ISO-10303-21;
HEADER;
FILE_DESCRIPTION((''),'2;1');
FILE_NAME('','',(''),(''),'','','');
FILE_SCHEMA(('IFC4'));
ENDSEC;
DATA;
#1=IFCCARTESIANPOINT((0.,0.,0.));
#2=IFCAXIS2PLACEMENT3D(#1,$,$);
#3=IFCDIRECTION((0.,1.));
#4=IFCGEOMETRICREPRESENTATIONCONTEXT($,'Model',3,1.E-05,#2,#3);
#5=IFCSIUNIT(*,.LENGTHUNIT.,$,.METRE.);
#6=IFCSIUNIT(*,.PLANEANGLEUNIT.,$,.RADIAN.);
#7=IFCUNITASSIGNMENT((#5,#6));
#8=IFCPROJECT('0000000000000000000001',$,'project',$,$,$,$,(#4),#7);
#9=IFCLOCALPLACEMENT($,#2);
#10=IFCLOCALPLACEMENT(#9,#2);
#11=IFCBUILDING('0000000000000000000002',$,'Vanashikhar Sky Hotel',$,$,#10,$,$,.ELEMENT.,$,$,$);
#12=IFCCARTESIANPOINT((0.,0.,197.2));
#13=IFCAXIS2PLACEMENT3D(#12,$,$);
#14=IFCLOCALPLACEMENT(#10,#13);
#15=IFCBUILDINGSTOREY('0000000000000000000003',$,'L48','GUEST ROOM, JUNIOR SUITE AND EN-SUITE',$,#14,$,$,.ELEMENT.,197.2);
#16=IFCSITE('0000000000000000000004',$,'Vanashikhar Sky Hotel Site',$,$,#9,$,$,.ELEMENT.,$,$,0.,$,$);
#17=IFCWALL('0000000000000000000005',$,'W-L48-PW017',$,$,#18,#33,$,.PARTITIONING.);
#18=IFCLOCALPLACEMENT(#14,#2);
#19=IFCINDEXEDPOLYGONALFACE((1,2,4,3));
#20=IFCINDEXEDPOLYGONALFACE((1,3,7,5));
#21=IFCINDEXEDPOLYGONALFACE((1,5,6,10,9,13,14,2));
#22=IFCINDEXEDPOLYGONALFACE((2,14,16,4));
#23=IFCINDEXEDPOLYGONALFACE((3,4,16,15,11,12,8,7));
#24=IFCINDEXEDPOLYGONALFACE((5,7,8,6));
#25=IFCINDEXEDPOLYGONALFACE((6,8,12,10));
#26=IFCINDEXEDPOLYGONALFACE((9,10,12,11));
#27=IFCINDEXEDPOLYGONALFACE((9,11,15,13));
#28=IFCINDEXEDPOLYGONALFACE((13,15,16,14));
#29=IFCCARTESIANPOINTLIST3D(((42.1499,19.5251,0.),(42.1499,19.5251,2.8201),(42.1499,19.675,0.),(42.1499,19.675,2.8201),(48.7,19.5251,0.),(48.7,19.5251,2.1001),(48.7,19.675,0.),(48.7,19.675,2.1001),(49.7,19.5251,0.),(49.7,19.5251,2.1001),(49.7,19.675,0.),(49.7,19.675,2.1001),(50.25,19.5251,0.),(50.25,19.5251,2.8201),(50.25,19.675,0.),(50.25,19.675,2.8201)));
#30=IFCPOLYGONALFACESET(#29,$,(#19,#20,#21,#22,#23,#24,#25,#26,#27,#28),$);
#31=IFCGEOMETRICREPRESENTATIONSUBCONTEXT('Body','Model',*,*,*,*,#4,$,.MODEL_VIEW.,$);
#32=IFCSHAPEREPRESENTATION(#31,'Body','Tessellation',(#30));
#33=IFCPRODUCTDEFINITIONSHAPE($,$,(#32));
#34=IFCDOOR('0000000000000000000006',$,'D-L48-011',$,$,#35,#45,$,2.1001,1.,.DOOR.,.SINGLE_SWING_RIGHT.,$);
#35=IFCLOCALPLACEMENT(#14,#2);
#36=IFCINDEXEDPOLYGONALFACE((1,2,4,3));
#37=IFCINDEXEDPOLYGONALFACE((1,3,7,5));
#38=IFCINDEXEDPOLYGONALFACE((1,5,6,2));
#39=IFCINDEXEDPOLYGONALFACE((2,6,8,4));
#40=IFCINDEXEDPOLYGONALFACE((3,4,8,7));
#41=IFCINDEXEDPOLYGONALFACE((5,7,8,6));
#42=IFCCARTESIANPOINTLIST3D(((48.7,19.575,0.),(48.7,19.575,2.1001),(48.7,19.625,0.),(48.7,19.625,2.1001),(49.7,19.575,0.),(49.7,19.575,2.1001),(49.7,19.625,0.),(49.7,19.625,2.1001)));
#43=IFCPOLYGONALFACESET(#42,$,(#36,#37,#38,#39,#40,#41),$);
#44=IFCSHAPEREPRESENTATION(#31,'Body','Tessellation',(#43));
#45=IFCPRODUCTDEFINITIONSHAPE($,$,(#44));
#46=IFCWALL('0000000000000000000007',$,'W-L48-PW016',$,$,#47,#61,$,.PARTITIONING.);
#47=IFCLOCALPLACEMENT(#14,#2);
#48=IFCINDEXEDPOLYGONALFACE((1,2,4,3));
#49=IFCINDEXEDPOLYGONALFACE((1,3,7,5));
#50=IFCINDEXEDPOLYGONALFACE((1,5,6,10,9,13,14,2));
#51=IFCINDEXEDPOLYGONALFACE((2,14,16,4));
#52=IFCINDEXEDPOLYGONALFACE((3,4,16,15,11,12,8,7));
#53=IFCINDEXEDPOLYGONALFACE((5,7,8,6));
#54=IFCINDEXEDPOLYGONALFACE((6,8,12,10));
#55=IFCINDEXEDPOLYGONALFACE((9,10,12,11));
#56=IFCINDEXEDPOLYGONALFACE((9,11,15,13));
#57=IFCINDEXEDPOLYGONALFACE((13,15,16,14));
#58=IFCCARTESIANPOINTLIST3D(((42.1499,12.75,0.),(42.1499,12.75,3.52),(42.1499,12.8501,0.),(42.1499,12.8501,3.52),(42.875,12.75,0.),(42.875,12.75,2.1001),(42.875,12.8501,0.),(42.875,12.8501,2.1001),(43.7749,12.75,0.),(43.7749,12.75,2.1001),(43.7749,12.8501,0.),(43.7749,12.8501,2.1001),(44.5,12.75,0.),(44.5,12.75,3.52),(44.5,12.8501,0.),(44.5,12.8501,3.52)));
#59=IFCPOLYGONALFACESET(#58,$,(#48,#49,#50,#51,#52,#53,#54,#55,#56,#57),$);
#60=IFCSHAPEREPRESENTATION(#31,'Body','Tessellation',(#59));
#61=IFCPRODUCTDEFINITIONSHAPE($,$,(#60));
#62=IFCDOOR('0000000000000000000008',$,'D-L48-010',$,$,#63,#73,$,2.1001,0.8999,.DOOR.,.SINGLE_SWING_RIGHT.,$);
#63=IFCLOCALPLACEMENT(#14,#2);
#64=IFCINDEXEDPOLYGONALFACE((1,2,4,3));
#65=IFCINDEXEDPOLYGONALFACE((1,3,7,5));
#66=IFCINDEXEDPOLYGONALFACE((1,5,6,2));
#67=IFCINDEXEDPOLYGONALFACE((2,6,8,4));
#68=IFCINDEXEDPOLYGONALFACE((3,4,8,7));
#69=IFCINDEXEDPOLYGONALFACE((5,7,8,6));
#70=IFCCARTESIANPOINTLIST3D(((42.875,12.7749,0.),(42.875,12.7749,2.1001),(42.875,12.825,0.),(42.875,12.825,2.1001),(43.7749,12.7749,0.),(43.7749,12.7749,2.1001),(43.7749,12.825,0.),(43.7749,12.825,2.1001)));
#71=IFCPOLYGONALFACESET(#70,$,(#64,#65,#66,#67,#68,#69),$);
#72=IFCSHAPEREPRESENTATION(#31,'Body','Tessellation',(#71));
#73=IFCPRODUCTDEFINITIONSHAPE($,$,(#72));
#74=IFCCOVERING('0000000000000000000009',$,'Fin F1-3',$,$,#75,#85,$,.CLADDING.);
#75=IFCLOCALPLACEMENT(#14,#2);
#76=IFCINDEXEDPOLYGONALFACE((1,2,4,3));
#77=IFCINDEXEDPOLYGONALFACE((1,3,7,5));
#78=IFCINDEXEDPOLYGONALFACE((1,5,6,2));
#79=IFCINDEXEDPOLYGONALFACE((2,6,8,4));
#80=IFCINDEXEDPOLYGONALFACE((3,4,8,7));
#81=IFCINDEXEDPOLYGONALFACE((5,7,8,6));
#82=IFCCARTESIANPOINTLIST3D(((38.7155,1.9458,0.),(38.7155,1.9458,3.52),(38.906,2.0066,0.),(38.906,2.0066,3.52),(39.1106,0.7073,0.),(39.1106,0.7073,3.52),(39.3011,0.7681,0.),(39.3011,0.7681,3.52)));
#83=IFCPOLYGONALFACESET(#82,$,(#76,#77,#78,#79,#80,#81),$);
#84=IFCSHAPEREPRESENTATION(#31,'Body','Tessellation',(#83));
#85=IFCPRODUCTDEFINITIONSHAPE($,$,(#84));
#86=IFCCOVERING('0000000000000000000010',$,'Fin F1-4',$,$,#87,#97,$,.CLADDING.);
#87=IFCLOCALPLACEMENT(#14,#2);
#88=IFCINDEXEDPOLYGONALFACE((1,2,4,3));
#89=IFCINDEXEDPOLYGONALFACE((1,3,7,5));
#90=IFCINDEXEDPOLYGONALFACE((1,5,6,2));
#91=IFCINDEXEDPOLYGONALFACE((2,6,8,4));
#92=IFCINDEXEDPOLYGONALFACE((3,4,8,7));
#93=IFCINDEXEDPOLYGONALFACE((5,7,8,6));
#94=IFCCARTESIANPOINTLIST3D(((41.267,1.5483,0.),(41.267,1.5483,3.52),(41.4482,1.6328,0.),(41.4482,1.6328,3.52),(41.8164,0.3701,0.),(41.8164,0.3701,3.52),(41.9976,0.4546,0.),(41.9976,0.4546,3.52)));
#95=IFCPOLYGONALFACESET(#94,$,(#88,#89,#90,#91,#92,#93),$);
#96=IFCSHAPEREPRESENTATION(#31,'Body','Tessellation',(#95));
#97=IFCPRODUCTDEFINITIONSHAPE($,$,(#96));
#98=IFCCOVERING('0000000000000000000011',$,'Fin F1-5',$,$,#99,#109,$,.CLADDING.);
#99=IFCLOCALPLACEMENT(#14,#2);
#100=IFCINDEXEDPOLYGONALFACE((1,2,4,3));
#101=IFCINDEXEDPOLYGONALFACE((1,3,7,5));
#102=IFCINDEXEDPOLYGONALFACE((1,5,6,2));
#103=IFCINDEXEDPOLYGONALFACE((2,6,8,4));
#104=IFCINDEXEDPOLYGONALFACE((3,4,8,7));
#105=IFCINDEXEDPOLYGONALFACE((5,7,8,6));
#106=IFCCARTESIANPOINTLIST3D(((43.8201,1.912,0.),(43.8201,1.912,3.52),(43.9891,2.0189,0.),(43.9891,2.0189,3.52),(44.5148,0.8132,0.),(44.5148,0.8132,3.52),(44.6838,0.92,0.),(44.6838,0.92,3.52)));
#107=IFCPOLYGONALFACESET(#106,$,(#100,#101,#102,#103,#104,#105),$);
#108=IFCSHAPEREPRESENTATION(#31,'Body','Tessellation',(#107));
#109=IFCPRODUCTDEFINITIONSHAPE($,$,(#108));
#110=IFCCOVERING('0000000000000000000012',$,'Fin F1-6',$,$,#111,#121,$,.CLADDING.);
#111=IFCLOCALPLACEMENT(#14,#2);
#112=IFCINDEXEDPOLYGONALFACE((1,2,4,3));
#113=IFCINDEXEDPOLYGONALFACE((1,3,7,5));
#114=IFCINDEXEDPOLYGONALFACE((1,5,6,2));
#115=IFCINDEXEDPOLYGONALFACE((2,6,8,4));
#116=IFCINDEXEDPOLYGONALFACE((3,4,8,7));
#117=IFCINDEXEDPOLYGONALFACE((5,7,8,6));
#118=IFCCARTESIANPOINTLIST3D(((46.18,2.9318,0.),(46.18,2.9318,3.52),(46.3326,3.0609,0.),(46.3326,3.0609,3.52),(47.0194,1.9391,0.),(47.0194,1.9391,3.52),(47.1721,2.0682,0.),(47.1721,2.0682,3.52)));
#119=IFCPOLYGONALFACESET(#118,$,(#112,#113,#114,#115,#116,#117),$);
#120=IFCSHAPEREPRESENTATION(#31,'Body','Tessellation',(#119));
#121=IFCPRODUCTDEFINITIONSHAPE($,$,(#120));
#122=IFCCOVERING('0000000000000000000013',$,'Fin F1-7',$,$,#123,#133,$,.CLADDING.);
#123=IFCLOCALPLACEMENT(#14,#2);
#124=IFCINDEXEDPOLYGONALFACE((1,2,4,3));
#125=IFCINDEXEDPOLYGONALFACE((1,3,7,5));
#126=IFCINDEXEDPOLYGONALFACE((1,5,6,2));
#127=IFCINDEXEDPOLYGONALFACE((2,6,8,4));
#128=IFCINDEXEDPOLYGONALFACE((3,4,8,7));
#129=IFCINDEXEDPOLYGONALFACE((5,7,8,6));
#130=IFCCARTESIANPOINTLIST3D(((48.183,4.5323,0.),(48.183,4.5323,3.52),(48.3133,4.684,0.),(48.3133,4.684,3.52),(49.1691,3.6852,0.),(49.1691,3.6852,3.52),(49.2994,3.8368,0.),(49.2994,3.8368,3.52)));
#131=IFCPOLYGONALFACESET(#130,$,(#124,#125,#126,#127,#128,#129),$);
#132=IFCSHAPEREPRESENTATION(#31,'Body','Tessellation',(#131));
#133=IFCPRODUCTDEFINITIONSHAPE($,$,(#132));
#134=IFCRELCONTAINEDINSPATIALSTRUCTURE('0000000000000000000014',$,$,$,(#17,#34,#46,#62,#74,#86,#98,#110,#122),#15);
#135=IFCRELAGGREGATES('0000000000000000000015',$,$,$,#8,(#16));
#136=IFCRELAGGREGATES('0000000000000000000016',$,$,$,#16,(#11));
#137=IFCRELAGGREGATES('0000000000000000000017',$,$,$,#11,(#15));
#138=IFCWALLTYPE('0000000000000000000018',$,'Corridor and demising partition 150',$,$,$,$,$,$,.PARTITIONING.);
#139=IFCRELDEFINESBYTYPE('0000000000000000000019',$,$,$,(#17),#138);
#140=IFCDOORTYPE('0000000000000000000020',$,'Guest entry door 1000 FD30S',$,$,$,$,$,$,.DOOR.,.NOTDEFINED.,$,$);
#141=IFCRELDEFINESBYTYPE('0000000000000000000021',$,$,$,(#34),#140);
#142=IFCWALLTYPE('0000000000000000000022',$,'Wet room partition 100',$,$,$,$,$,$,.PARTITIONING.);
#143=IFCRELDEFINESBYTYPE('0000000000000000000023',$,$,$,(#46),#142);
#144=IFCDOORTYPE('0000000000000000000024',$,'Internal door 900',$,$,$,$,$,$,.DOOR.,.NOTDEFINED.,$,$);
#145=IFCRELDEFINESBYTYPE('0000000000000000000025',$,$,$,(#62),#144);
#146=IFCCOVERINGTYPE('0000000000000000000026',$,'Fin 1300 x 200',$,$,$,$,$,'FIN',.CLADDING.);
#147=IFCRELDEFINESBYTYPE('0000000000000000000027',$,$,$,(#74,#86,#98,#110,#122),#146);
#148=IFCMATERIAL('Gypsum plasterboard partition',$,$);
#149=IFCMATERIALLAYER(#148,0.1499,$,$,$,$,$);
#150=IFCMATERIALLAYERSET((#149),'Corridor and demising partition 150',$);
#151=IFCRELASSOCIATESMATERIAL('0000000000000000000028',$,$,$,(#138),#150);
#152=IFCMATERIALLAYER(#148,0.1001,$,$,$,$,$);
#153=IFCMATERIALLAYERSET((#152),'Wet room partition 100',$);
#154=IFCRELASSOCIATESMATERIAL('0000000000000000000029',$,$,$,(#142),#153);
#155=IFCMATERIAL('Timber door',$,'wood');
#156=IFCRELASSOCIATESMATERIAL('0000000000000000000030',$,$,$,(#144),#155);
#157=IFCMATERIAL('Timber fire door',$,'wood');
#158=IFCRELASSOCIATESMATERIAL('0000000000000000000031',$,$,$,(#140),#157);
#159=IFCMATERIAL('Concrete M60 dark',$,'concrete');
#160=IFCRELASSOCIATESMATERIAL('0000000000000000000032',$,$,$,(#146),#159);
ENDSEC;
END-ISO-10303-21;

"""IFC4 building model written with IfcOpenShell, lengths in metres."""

from ifc_helpers import new_model, si_unit, direction, frame, frame_2d, origin, origin_2d, place, context, subcontext, project, spatial, rectangle, extrude, source, transform, mapped, material, layer, layer_set, material_profile, profile_set, type_object, element, fill, save


model = new_model("IFC4")

# Units and contexts
model_context = context("Model", 3, precision=1e-05, world=origin(), true_north=direction((0.0, 1.0)))
body_context = subcontext(model_context, "Body", "Model", "MODEL_VIEW")
ifc_project = project(units=[si_unit("LENGTHUNIT", "METRE"), si_unit("PLANEANGLEUNIT", "RADIAN")], contexts=[model_context])

# Site, building, storey
site_placement = place(None, origin())
site = spatial("IfcSite", under=ifc_project, at=site_placement, Name="Vanashikhar Sky Hotel Site", CompositionType="ELEMENT", RefElevation=0.0)
building_placement = place(site_placement, origin())
building = spatial("IfcBuilding", under=site, at=building_placement, Name="Vanashikhar Sky Hotel", CompositionType="ELEMENT")
storey_placement = place(building_placement, frame((0.0, 0.0, 197.2)))
storey = spatial("IfcBuildingStorey", under=building, at=storey_placement, Name="L48", Description="GUEST ROOM, JUNIOR SUITE AND EN-SUITE", CompositionType="ELEMENT", Elevation=197.2)

# Shared definitions
ifc_material_1 = material(Name="Gypsum plasterboard partition")
ifc_layer_1 = layer(ifc_material_1, 0.1499)
ifc_layer_set_1 = layer_set([ifc_layer_1], Name="Corridor and demising partition 150")
wall_type_1 = type_object("IfcWallType", Name="Corridor and demising partition 150", PredefinedType="PARTITIONING", material=ifc_layer_set_1)

# Shared definitions
ifc_layer_2 = layer(ifc_material_1, 0.1001)
ifc_layer_set_2 = layer_set([ifc_layer_2], Name="Wet room partition 100")
wall_type_2 = type_object("IfcWallType", Name="Wet room partition 100", PredefinedType="PARTITIONING", material=ifc_layer_set_2)
shared_shape_1 = source(origin(), body_context, "Body", "SweptSolid", [
    extrude(rectangle(XDim=0.8999, YDim=2.1001, at=frame_2d((0.45, 1.05))), frame((0.0, 0.0601, 0.0), z_axis=(0.0, -1.0, 0.0), x_axis=(1.0, 0.0, 0.0)), (0.0, 0.0, 1.0), 0.1201),
])
ifc_material_2 = material(Name="Timber door", Category="wood")
door_type_1 = type_object("IfcDoorType", Name="Internal door 900", OperationType="NOTDEFINED", PredefinedType="DOOR", material=ifc_material_2)
shared_shape_2 = source(origin(), body_context, "Body", "SweptSolid", [
    extrude(rectangle(XDim=0.8999, YDim=2.1001, at=frame_2d((0.45, 1.05))), frame((0.0, 0.0249, 0.0), z_axis=(0.0, -1.0, 0.0), x_axis=(1.0, 0.0, 0.0)), (0.0, 0.0, 1.0), 0.05),
])

# Walls, openings, doors
shared_shape_3 = source(origin(), body_context, "Body", "SweptSolid", [
    extrude(rectangle(XDim=8.1001, YDim=0.1499, at=frame_2d((4.05, 0.0))), origin(), (0.0, 0.0, 1.0), 2.8201),
])
wall_1_placement = place(storey_placement, frame((42.1499, 19.6001, 0.0), z_axis=(0.0, 0.0, 1.0), x_axis=(1.0, 0.0, 0.0)))
wall_1 = element("IfcWall", 1, at=wall_1_placement, inside=storey, type_object=wall_type_1, Name="W-L48-PW017", PredefinedType="PARTITIONING", context=body_context, shape_type="MappedRepresentation", body=[
    mapped(shared_shape_3, transform((0.0, 0.0, 0.0), scale=1.0)),
])
shared_shape_4 = source(origin(), body_context, "Body", "SweptSolid", [
    extrude(rectangle(XDim=1.0, YDim=2.1001, at=frame_2d((0.5, 1.05))), frame((0.0, 0.085, 0.0), z_axis=(0.0, -1.0, 0.0), x_axis=(1.0, 0.0, 0.0)), (0.0, 0.0, 1.0), 0.1699),
])
opening_1_placement = place(wall_1_placement, frame((6.55, 0.0, 0.0)))
opening_1 = element("IfcOpeningElement", 2, at=opening_1_placement, cuts=wall_1, PredefinedType="OPENING", context=body_context, shape_type="MappedRepresentation", body=[
    mapped(shared_shape_4, transform((0.0, 0.0, 0.0), scale=1.0)),
])
ifc_material_3 = material(Name="Timber fire door", Category="wood")
door_type_2 = type_object("IfcDoorType", Name="Guest entry door 1000 FD30S", OperationType="NOTDEFINED", PredefinedType="DOOR", material=ifc_material_3)
shared_shape_5 = source(origin(), body_context, "Body", "SweptSolid", [
    extrude(rectangle(XDim=1.0, YDim=2.1001, at=frame_2d((0.5, 1.05))), frame((0.0, 0.0249, 0.0), z_axis=(0.0, -1.0, 0.0), x_axis=(1.0, 0.0, 0.0)), (0.0, 0.0, 1.0), 0.05),
])
door_1_placement = place(opening_1_placement, origin())
door_1 = element("IfcDoor", 3, at=door_1_placement, inside=storey, type_object=door_type_2, Name="D-L48-011", OperationType="SINGLE_SWING_RIGHT", OverallHeight=2.1001, OverallWidth=1.0, PredefinedType="DOOR", context=body_context, shape_type="MappedRepresentation", body=[
    mapped(shared_shape_5, transform((0.0, 0.0, 0.0), scale=1.0)),
])
fill(opening_1, door_1)
shared_shape_6 = source(origin(), body_context, "Body", "SweptSolid", [
    extrude(rectangle(XDim=2.3501, YDim=0.1001, at=frame_2d((1.175, 0.0))), origin(), (0.0, 0.0, 1.0), 3.52),
])
wall_2_placement = place(storey_placement, frame((42.1499, 12.8, 0.0), z_axis=(0.0, 0.0, 1.0), x_axis=(1.0, 0.0, 0.0)))
wall_2 = element("IfcWall", 4, at=wall_2_placement, inside=storey, type_object=wall_type_2, Name="W-L48-PW016", PredefinedType="PARTITIONING", context=body_context, shape_type="MappedRepresentation", body=[
    mapped(shared_shape_6, transform((0.0, 0.0, 0.0), scale=1.0)),
])
opening_2_placement = place(wall_2_placement, frame((0.7251, 0.0, 0.0)))
opening_2 = element("IfcOpeningElement", 5, at=opening_2_placement, cuts=wall_2, PredefinedType="OPENING", context=body_context, shape_type="MappedRepresentation", body=[
    mapped(shared_shape_1, transform((0.0, 0.0, 0.0), scale=1.0)),
])
door_2_placement = place(opening_2_placement, origin())
door_2 = element("IfcDoor", 6, at=door_2_placement, inside=storey, type_object=door_type_1, Name="D-L48-010", OperationType="SINGLE_SWING_RIGHT", OverallHeight=2.1001, OverallWidth=0.8999, PredefinedType="DOOR", context=body_context, shape_type="MappedRepresentation", body=[
    mapped(shared_shape_2, transform((0.0, 0.0, 0.0), scale=1.0)),
])
fill(opening_2, door_2)

# Coverings
ifc_material_4 = material(Name="Concrete M60 dark", Category="concrete")
ifc_material_profile_1 = material_profile(ifc_material_4, rectangle(XDim=1.3, YDim=0.2, at=origin_2d()))
ifc_profile_set_1 = profile_set([ifc_material_profile_1], Name="Fin 1300 x 200")
covering_type = type_object("IfcCoveringType", Name="Fin 1300 x 200", ElementType="FIN", PredefinedType="CLADDING", material=ifc_profile_set_1)
shared_shape_7 = source(origin(), body_context, "Body", "SweptSolid", [
    extrude(rectangle(XDim=1.3, YDim=0.2, at=origin_2d()), origin(), (0.0, 0.0, 1.0), 3.52),
])
for number, where, z_axis, x_axis, name in (
    (7, (39.0083, 1.3569, 0.0), (0.0, 0.0, 1.0), (0.303967, -0.952683, 0.0), "Fin F1-3"),
    (8, (41.6323, 1.0015, 0.0), (0.0, 0.0, 1.0), (0.422618, -0.906308, 0.0), "Fin F1-4"),
    (9, (44.252, 1.416, 0.0), (0.0, 0.0, 1.0), (0.534411, -0.845225, 0.0), "Fin F1-5"),
    (10, (46.676, 2.5, 0.0), (0.0, 0.0, 1.0), (0.645698, -0.763593, 0.0), "Fin F1-6"),
    (11, (48.7412, 4.1846, 0.0), (0.0, 0.0, 1.0), (0.758544, -0.651622, 0.0), "Fin F1-7"),
):
    element("IfcCovering", number, at=place(storey_placement, frame(where, z_axis=z_axis, x_axis=x_axis)), inside=storey, type_object=covering_type, Name=name, PredefinedType="CLADDING", context=body_context, shape_type="MappedRepresentation", body=[
        mapped(shared_shape_7, transform((0.0, 0.0, 0.0), scale=1.0)),
    ])

save(model, "model.ifc")
